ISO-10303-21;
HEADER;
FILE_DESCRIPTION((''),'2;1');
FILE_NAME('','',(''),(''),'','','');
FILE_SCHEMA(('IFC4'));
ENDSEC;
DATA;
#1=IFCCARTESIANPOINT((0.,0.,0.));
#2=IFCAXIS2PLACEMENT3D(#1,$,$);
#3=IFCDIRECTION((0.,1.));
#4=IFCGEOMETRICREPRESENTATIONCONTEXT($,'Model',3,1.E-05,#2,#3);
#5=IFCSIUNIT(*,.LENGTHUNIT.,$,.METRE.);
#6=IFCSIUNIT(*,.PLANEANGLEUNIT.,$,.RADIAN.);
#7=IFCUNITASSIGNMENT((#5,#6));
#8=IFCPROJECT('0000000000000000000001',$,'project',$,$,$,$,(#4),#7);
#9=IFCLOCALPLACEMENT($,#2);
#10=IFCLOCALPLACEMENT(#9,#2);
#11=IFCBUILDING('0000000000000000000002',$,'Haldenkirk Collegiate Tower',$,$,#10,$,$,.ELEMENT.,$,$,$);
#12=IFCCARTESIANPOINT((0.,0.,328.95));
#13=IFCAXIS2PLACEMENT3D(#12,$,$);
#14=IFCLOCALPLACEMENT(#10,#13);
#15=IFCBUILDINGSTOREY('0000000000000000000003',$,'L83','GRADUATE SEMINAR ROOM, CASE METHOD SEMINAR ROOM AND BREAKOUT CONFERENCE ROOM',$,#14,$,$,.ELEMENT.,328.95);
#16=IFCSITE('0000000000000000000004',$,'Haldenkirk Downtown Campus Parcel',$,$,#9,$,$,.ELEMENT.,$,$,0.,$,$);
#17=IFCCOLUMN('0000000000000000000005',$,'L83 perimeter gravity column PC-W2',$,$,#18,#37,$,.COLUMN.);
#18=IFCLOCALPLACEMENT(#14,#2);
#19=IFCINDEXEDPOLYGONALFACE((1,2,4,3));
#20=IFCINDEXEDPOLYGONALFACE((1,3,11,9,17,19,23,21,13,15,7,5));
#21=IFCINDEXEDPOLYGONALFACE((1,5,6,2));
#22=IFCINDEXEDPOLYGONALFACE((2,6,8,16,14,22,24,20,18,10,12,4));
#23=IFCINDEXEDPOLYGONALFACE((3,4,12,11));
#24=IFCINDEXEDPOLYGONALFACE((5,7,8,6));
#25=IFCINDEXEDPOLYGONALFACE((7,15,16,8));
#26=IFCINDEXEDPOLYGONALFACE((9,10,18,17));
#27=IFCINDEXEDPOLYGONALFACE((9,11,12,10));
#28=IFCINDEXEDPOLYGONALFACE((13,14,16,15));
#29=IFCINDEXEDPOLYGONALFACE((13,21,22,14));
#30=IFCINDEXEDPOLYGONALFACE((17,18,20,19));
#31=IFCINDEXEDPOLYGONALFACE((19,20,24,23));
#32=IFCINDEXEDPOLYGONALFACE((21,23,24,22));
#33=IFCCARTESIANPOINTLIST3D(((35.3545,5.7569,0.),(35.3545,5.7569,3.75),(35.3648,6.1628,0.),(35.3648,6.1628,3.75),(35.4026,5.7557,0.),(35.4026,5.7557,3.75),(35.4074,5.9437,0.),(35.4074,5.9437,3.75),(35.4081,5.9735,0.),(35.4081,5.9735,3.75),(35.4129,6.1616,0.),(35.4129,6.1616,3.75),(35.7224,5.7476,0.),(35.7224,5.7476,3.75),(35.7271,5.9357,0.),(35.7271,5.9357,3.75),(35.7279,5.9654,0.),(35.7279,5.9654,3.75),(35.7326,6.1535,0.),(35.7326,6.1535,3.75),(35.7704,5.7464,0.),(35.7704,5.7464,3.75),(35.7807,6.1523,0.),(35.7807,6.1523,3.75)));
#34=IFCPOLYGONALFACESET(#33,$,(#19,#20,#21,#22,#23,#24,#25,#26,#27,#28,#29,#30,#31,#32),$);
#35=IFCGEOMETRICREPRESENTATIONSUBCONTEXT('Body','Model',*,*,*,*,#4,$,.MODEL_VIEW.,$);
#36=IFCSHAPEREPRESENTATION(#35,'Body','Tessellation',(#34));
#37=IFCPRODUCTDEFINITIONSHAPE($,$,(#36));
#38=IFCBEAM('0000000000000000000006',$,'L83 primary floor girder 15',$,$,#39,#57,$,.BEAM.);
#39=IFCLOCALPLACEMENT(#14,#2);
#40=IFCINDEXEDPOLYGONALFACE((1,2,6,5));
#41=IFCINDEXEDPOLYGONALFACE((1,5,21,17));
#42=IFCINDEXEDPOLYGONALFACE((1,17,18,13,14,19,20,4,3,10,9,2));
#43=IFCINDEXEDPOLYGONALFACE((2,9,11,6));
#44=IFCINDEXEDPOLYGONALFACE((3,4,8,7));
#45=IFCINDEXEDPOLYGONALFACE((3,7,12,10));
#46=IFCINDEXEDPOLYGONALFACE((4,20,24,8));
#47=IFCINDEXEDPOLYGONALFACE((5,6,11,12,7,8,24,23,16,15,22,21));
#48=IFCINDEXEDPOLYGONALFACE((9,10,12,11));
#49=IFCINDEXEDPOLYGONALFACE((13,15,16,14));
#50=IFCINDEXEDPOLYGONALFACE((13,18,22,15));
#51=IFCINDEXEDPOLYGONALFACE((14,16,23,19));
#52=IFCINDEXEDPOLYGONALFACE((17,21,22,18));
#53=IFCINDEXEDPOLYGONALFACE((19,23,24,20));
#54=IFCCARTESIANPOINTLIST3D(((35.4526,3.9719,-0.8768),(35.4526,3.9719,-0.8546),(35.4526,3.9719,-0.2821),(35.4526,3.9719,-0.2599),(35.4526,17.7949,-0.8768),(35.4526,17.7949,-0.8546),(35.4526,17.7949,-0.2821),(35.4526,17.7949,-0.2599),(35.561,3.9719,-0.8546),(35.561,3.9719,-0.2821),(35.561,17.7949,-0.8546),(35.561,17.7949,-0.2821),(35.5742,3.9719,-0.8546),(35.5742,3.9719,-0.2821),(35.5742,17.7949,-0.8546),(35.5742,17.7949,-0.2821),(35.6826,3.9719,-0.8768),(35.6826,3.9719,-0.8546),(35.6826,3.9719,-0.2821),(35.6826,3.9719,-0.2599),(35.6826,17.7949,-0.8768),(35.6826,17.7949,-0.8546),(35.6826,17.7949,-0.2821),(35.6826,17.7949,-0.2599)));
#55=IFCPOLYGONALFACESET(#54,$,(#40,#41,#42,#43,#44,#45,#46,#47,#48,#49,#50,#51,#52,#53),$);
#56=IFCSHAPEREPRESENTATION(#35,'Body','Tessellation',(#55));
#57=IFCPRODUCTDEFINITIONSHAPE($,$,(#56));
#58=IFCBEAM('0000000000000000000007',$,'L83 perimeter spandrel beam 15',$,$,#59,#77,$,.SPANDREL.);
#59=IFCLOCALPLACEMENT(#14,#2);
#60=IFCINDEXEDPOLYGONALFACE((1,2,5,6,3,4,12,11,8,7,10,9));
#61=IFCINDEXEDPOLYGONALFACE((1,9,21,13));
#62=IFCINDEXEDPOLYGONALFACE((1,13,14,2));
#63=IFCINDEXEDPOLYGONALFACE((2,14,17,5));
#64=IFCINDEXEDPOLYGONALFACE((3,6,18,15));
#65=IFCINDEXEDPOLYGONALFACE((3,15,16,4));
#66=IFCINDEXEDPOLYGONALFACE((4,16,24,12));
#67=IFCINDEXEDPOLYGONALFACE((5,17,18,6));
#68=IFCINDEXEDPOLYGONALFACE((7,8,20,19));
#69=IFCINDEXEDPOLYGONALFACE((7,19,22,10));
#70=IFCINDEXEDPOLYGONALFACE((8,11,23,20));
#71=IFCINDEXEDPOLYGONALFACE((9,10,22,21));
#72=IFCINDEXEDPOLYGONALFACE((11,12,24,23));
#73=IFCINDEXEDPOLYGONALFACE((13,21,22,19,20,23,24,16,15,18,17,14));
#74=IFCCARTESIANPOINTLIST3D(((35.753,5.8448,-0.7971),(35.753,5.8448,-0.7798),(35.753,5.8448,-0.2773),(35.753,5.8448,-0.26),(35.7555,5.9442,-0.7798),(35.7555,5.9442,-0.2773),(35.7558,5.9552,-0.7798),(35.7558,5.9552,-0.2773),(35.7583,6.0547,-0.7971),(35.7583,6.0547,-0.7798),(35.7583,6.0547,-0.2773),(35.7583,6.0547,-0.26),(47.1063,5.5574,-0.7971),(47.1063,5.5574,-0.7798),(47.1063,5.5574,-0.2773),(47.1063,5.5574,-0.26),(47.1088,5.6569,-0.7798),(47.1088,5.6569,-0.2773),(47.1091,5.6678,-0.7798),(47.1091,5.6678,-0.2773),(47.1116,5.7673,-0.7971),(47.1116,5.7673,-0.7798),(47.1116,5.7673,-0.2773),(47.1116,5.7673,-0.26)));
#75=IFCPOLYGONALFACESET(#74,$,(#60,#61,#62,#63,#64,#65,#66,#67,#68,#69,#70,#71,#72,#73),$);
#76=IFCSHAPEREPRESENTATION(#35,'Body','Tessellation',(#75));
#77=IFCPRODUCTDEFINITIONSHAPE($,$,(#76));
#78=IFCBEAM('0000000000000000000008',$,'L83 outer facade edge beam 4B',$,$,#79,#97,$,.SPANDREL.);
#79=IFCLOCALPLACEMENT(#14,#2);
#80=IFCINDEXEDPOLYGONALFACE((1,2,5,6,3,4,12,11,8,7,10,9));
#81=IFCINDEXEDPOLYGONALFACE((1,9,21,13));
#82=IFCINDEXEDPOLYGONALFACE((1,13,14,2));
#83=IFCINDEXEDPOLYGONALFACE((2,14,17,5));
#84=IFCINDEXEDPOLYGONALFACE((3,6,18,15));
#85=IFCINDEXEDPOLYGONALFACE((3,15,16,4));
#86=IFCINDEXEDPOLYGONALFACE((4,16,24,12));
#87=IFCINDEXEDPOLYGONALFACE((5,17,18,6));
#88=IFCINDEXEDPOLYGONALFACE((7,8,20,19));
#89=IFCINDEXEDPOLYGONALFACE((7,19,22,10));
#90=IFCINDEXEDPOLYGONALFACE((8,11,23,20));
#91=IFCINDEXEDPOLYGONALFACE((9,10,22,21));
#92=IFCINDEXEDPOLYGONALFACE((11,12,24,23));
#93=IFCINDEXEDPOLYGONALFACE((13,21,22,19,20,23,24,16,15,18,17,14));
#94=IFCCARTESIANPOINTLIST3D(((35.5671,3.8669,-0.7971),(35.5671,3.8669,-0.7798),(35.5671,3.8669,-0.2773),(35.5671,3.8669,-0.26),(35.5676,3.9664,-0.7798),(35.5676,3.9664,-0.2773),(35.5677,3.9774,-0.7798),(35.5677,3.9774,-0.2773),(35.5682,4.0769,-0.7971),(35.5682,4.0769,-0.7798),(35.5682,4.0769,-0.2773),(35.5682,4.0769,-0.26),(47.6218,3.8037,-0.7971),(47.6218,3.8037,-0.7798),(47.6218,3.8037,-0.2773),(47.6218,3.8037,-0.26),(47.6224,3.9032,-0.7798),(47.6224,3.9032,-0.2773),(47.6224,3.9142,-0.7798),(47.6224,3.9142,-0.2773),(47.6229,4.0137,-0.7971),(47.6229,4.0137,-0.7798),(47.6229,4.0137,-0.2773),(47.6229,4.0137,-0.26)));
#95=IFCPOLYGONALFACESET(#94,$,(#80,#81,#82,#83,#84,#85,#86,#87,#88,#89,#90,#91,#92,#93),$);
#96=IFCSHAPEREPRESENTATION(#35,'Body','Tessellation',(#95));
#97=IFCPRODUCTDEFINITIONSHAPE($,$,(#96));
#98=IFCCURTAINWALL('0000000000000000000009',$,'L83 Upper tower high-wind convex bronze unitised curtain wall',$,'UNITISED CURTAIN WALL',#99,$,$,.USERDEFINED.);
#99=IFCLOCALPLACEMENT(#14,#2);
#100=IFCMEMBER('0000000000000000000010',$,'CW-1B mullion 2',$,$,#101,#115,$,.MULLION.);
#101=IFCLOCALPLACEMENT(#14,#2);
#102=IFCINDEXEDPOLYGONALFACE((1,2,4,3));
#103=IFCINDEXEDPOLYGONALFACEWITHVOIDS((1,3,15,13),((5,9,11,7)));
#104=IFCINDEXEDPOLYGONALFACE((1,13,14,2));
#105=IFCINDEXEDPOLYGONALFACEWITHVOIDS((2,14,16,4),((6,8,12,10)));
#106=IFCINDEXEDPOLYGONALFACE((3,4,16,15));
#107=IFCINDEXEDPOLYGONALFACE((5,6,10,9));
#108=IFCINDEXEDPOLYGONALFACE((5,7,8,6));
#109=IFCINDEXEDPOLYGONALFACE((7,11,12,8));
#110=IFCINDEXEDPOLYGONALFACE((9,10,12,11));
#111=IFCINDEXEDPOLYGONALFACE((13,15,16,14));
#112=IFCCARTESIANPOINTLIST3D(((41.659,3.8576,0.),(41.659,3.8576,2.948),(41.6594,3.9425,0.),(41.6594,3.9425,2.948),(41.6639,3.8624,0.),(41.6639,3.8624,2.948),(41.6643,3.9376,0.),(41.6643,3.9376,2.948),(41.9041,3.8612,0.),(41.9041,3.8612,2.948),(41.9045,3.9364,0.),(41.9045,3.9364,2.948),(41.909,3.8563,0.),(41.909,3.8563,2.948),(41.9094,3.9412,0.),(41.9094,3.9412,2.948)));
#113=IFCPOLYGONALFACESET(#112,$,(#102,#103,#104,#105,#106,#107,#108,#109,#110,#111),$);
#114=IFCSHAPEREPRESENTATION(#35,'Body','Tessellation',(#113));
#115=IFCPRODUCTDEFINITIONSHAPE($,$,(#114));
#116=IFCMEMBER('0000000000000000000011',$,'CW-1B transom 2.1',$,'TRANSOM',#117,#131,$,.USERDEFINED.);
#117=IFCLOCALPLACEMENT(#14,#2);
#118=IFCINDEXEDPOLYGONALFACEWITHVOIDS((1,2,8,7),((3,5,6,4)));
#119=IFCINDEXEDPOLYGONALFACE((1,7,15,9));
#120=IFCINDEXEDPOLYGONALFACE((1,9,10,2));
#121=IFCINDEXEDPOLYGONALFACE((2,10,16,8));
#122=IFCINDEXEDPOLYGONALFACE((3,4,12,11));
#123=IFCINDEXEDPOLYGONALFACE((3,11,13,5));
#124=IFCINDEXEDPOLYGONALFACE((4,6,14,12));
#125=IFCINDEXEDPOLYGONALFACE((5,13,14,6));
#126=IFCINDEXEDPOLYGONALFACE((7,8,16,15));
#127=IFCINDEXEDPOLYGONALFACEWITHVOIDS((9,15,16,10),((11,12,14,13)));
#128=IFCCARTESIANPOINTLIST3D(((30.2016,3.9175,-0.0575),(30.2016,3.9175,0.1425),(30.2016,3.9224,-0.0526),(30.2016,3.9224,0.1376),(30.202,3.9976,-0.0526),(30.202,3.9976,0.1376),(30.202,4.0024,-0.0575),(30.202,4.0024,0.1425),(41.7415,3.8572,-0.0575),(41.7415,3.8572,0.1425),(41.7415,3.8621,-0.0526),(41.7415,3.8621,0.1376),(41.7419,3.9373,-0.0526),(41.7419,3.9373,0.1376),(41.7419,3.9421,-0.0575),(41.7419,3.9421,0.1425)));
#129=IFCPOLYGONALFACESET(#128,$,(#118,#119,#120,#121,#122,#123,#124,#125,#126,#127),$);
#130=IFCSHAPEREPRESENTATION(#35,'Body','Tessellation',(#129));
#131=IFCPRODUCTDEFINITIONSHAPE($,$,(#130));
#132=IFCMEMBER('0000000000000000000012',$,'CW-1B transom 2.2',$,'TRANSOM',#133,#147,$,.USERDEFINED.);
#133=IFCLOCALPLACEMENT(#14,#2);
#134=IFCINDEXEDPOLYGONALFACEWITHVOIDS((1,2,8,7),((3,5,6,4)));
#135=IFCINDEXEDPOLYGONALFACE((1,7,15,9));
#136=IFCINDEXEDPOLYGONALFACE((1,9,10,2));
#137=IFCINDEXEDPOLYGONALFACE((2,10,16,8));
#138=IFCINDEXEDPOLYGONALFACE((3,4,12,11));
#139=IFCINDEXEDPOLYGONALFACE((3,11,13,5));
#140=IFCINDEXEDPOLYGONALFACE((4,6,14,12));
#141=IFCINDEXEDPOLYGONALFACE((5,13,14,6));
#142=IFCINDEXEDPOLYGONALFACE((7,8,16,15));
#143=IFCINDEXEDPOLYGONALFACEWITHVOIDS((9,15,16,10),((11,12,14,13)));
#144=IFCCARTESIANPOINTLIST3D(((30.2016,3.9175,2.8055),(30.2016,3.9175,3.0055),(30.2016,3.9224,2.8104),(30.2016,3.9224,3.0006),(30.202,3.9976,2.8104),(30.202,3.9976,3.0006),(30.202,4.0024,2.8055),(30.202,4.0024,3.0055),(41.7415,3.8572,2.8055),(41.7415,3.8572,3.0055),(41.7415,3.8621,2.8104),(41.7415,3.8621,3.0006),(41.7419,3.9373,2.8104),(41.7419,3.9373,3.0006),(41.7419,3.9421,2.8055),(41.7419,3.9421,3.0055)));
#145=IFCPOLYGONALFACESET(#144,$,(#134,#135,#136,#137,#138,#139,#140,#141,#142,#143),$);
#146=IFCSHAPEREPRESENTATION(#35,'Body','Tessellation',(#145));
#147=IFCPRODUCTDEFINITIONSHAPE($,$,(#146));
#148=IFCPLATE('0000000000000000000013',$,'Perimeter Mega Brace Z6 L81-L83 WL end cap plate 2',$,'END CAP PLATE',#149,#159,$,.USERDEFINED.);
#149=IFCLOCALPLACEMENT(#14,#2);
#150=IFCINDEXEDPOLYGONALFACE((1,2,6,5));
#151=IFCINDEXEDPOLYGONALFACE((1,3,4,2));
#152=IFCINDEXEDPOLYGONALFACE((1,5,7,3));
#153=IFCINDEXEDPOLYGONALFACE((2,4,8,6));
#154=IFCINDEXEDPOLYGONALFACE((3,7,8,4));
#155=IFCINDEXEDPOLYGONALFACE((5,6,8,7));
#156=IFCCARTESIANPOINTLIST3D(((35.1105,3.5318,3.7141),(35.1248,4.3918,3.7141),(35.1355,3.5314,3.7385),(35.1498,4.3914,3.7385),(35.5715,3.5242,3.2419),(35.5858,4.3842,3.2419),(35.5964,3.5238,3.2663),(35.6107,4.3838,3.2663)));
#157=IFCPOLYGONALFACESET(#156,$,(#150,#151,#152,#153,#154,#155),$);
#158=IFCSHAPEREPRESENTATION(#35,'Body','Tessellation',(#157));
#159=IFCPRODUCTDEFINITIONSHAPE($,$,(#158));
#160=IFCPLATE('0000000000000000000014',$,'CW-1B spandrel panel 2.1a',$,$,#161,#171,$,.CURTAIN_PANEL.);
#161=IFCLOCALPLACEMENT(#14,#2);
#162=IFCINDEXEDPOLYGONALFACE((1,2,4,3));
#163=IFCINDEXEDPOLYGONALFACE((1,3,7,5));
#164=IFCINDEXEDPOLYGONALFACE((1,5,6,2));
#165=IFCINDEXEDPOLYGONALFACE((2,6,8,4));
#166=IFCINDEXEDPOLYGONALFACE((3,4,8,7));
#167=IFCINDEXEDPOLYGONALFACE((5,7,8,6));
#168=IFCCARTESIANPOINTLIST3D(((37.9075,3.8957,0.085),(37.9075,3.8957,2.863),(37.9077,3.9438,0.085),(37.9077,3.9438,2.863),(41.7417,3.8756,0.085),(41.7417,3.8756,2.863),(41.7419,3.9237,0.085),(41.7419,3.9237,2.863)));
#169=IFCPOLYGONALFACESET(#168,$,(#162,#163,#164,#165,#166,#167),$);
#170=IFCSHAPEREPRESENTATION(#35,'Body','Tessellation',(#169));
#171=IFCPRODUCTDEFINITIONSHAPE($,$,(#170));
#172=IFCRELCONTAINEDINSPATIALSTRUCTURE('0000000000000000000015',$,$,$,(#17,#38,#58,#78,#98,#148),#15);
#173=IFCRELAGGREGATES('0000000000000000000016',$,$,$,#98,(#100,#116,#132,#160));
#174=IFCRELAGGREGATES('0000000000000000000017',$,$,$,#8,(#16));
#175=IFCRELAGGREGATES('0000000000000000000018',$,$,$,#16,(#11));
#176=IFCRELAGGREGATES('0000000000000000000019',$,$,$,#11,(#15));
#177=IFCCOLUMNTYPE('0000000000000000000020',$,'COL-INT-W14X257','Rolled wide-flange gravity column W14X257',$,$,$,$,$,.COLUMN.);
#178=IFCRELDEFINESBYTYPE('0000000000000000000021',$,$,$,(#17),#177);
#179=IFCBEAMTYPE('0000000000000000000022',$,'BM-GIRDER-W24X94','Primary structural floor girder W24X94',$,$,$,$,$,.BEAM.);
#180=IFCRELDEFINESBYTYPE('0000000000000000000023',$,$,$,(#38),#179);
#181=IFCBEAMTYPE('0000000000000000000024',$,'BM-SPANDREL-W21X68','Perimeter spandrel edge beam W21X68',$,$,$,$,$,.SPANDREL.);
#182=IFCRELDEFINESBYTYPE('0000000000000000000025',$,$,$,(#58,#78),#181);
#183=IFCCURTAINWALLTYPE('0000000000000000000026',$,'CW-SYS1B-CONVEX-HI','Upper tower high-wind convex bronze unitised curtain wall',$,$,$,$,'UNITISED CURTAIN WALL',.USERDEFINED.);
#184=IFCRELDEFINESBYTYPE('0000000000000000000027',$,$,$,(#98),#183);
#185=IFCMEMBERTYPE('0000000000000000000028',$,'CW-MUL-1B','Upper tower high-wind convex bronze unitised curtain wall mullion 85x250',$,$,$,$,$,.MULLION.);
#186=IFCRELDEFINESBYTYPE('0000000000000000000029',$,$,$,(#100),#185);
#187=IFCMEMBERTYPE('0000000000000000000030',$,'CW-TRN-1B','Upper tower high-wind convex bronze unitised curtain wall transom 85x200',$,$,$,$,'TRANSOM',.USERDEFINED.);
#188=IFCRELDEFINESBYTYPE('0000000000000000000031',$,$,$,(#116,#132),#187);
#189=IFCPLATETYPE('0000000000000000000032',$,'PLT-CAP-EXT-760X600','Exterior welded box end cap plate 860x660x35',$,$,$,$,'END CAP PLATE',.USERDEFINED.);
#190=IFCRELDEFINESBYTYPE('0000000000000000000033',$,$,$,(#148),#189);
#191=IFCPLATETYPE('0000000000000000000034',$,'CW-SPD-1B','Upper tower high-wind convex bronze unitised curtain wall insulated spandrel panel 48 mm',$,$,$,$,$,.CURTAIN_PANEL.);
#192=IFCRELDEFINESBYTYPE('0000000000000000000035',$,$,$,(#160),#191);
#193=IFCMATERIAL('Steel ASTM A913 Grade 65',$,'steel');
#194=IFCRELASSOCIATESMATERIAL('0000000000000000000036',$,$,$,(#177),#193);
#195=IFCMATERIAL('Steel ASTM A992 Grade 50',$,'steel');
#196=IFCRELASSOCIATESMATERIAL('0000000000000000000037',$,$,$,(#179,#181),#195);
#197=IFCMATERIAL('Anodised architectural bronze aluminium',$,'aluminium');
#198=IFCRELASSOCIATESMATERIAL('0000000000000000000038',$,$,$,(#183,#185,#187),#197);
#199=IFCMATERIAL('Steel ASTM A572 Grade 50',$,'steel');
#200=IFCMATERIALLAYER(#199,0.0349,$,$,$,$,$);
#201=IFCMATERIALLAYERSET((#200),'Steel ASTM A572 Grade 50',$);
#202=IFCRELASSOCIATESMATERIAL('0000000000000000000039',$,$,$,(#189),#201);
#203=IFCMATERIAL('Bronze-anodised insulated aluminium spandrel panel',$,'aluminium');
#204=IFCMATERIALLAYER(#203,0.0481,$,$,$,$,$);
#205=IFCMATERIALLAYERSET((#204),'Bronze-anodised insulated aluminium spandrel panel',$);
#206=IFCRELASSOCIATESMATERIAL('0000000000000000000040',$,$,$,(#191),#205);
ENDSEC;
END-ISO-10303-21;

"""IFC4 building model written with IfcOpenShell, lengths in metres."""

from ifc_helpers import new_model, si_unit, direction, frame, origin, origin_2d, place, context, subcontext, project, spatial, rectangle, hollow_rectangle, i_section, extrude, source, transform, mapped, material, layer, layer_set, material_profile, profile_set, type_object, element, aggregate, save


model = new_model("IFC4")

# Units and contexts
model_context = context("Model", 3, precision=1e-05, world=origin(), true_north=direction((0.0, 1.0)))
body_context = subcontext(model_context, "Body", "Model", "MODEL_VIEW")
ifc_project = project(units=[si_unit("LENGTHUNIT", "METRE"), si_unit("PLANEANGLEUNIT", "RADIAN")], contexts=[model_context])

# Site, building, storey
site_placement = place(None, origin())
site = spatial("IfcSite", under=ifc_project, at=site_placement, Name="Haldenkirk Downtown Campus Parcel", CompositionType="ELEMENT", RefElevation=0.0)
building_placement = place(site_placement, origin())
building = spatial("IfcBuilding", under=site, at=building_placement, Name="Haldenkirk Collegiate Tower", CompositionType="ELEMENT")
storey_placement = place(building_placement, frame((0.0, 0.0, 328.95)))
storey = spatial("IfcBuildingStorey", under=building, at=storey_placement, Name="L83", Description="GRADUATE SEMINAR ROOM, CASE METHOD SEMINAR ROOM AND BREAKOUT CONFERENCE ROOM", CompositionType="ELEMENT", Elevation=328.95)

# Column
ifc_material_1 = material(Name="Steel ASTM A913 Grade 65", Category="steel")
ifc_material_profile_1 = material_profile(ifc_material_1, i_section(OverallWidth=0.406, OverallDepth=0.416, WebThickness=0.0298, FlangeThickness=0.0481, at=origin_2d()), Name="W14X257")
ifc_profile_set_1 = profile_set([ifc_material_profile_1], Name="Steel ASTM A913 Grade 65")
column_type = type_object("IfcColumnType", Name="COL-INT-W14X257", Description="Rolled wide-flange gravity column W14X257", PredefinedType="COLUMN", material=ifc_profile_set_1)
column_placement = place(storey_placement, frame((35.5676, 5.9546, 0.0), z_axis=(0.0, 0.0, 1.0), x_axis=(0.025305, 0.99968, 0.0)))
element("IfcColumn", 1, at=column_placement, inside=storey, type_object=column_type, Name="L83 perimeter gravity column PC-W2", PredefinedType="COLUMN", context=body_context, shape_type="SweptSolid", body=[
    extrude(i_section(OverallWidth=0.406, OverallDepth=0.416, WebThickness=0.0298, FlangeThickness=0.0481, at=origin_2d()), origin(), (0.0, 0.0, 1.0), 3.75),
])

# Beams
ifc_material_2 = material(Name="Steel ASTM A992 Grade 50", Category="steel")
ifc_material_profile_2 = material_profile(ifc_material_2, i_section(OverallWidth=0.23, OverallDepth=0.6169, WebThickness=0.0132, FlangeThickness=0.0222, at=origin_2d()), Name="W24X94")
ifc_profile_set_2 = profile_set([ifc_material_profile_2], Name="Steel ASTM A992 Grade 50")
beam_type_1 = type_object("IfcBeamType", Name="BM-GIRDER-W24X94", Description="Primary structural floor girder W24X94", PredefinedType="BEAM", material=ifc_profile_set_2)
beam_1_placement = place(storey_placement, frame((35.5676, 3.9719, -0.5684), z_axis=(0.0, 1.0, 0.0), x_axis=(-1.0, 0.0, 0.0)))
element("IfcBeam", 2, at=beam_1_placement, inside=storey, type_object=beam_type_1, Name="L83 primary floor girder 15", PredefinedType="BEAM", context=body_context, shape_type="SweptSolid", body=[
    extrude(i_section(OverallWidth=0.23, OverallDepth=0.6169, WebThickness=0.0132, FlangeThickness=0.0222, at=origin_2d()), origin(), (0.0, 0.0, 1.0), 13.823),
])
ifc_material_profile_3 = material_profile(ifc_material_2, i_section(OverallWidth=0.21, OverallDepth=0.5371, WebThickness=0.011, FlangeThickness=0.0173, at=origin_2d()), Name="W21X68")
ifc_profile_set_3 = profile_set([ifc_material_profile_3], Name="Steel ASTM A992 Grade 50")
beam_type_2 = type_object("IfcBeamType", Name="BM-SPANDREL-W21X68", Description="Perimeter spandrel edge beam W21X68", PredefinedType="SPANDREL", material=ifc_profile_set_3)
beam_2_placement = place(storey_placement, frame((35.7556, 5.9497, -0.5286), z_axis=(0.99968, -0.025302, 0.0), x_axis=(0.025302, 0.99968, 0.0)))
element("IfcBeam", 3, at=beam_2_placement, inside=storey, type_object=beam_type_2, Name="L83 perimeter spandrel beam 15", PredefinedType="SPANDREL", context=body_context, shape_type="SweptSolid", body=[
    extrude(i_section(OverallWidth=0.21, OverallDepth=0.5371, WebThickness=0.011, FlangeThickness=0.0173, at=origin_2d()), origin(), (0.0, 0.0, 1.0), 11.3569),
])
beam_3_placement = place(storey_placement, frame((35.5676, 3.9719, -0.5286), z_axis=(0.999986, -0.005245, 0.0), x_axis=(0.005245, 0.999986, 0.0)))
element("IfcBeam", 4, at=beam_3_placement, inside=storey, type_object=beam_type_2, Name="L83 outer facade edge beam 4B", PredefinedType="SPANDREL", context=body_context, shape_type="SweptSolid", body=[
    extrude(i_section(OverallWidth=0.21, OverallDepth=0.5371, WebThickness=0.011, FlangeThickness=0.0173, at=origin_2d()), origin(), (0.0, 0.0, 1.0), 12.0549),
])

# Curtain wall, members
ifc_material_3 = material(Name="Anodised architectural bronze aluminium", Category="aluminium")
curtain_wall_type = type_object("IfcCurtainWallType", Name="CW-SYS1B-CONVEX-HI", Description="Upper tower high-wind convex bronze unitised curtain wall", ElementType="UNITISED CURTAIN WALL", PredefinedType="USERDEFINED", material=ifc_material_3)
curtain_wall_placement = place(storey_placement, origin())
curtain_wall = element("IfcCurtainWall", 5, at=curtain_wall_placement, inside=storey, type_object=curtain_wall_type, Name="L83 Upper tower high-wind convex bronze unitised curtain wall", ObjectType="UNITISED CURTAIN WALL", PredefinedType="USERDEFINED")
ifc_material_profile_4 = material_profile(ifc_material_3, hollow_rectangle(XDim=0.085, YDim=0.25, WallThickness=0.0049, at=origin_2d()), Name="CW-MUL-1B")
ifc_profile_set_4 = profile_set([ifc_material_profile_4], Name="Anodised architectural bronze aluminium")
member_type_1 = type_object("IfcMemberType", Name="CW-MUL-1B", Description="Upper tower high-wind convex bronze unitised curtain wall mullion 85x250", PredefinedType="MULLION", material=ifc_profile_set_4)
member_1_placement = place(storey_placement, frame((41.7842, 3.8994, 0.0), z_axis=(0.0, 0.0, 1.0), x_axis=(-0.005239, -0.999986, 0.0)))
member_1 = element("IfcMember", 6, at=member_1_placement, type_object=member_type_1, Name="CW-1B mullion 2", PredefinedType="MULLION", context=body_context, shape_type="SweptSolid", body=[
    extrude(hollow_rectangle(XDim=0.085, YDim=0.25, WallThickness=0.0049, at=origin_2d()), origin(), (0.0, 0.0, 1.0), 2.948),
])
ifc_material_profile_5 = material_profile(ifc_material_3, hollow_rectangle(XDim=0.085, YDim=0.2, WallThickness=0.0049, at=origin_2d()), Name="CW-TRN-1B")
ifc_profile_set_5 = profile_set([ifc_material_profile_5], Name="Anodised architectural bronze aluminium")
member_type_2 = type_object("IfcMemberType", Name="CW-TRN-1B", Description="Upper tower high-wind convex bronze unitised curtain wall transom 85x200", ElementType="TRANSOM", PredefinedType="USERDEFINED", material=ifc_profile_set_5)
member_2_placement = place(storey_placement, frame((41.7417, 3.8997, 0.0425), z_axis=(-0.999986, 0.005226, 0.0), x_axis=(-0.005226, -0.999986, 0.0)))
member_2 = element("IfcMember", 7, at=member_2_placement, type_object=member_type_2, Name="CW-1B transom 2.1", ObjectType="TRANSOM", PredefinedType="USERDEFINED", context=body_context, shape_type="SweptSolid", body=[
    extrude(hollow_rectangle(XDim=0.085, YDim=0.2, WallThickness=0.0049, at=origin_2d()), origin(), (0.0, 0.0, 1.0), 11.54),
])
member_3_placement = place(storey_placement, frame((41.7417, 3.8997, 2.9055), z_axis=(-0.999986, 0.005226, 0.0), x_axis=(-0.005226, -0.999986, 0.0)))
member_3 = element("IfcMember", 8, at=member_3_placement, type_object=member_type_2, Name="CW-1B transom 2.2", ObjectType="TRANSOM", PredefinedType="USERDEFINED", context=body_context, shape_type="SweptSolid", body=[
    extrude(hollow_rectangle(XDim=0.085, YDim=0.2, WallThickness=0.0049, at=origin_2d()), origin(), (0.0, 0.0, 1.0), 11.54),
])

# Plates
ifc_material_4 = material(Name="Steel ASTM A572 Grade 50", Category="steel")
ifc_layer_1 = layer(ifc_material_4, 0.0349)
ifc_layer_set_1 = layer_set([ifc_layer_1], Name="Steel ASTM A572 Grade 50")
plate_type_1 = type_object("IfcPlateType", Name="PLT-CAP-EXT-760X600", Description="Exterior welded box end cap plate 860x660x35", ElementType="END CAP PLATE", PredefinedType="USERDEFINED", material=ifc_layer_set_1)
shared_shape_1 = source(origin(), body_context, "Body", "SweptSolid", [
    extrude(rectangle(XDim=0.8601, YDim=0.6599, at=origin_2d()), origin(), (0.0, 0.0, 1.0), 0.0349),
])
plate_1_placement = place(storey_placement, frame((35.3481, 3.958, 3.478), z_axis=(0.715409, -0.011898, 0.698605), x_axis=(0.016629, 0.999862, 0.0)))
element("IfcPlate", 9, at=plate_1_placement, inside=storey, type_object=plate_type_1, Name="Perimeter Mega Brace Z6 L81-L83 WL end cap plate 2", ObjectType="END CAP PLATE", PredefinedType="USERDEFINED", context=body_context, shape_type="MappedRepresentation", body=[
    mapped(shared_shape_1, transform((0.0, 0.0, 0.0), x_axis=(1.0, 0.0, 0.0), y_axis=(0.0, 1.0, 0.0), z_axis=(0.0, 0.0, 1.0), scale=1.0)),
])
ifc_material_5 = material(Name="Bronze-anodised insulated aluminium spandrel panel", Category="aluminium")
ifc_layer_2 = layer(ifc_material_5, 0.0481)
ifc_layer_set_2 = layer_set([ifc_layer_2], Name="Bronze-anodised insulated aluminium spandrel panel")
plate_type_2 = type_object("IfcPlateType", Name="CW-SPD-1B", Description="Upper tower high-wind convex bronze unitised curtain wall insulated spandrel panel 48 mm", PredefinedType="CURTAIN_PANEL", material=ifc_layer_set_2)
shared_shape_2 = source(origin(), body_context, "Body", "SweptSolid", [
    extrude(rectangle(XDim=3.8342, YDim=0.0481, at=origin_2d()), origin(), (0.0, 0.0, 1.0), 2.7781),
])
plate_2_placement = place(storey_placement, frame((39.8247, 3.9097, 0.085), z_axis=(0.0, 0.0, 1.0), x_axis=(-0.999986, 0.005239, 0.0)))
plate_2 = element("IfcPlate", 10, at=plate_2_placement, type_object=plate_type_2, Name="CW-1B spandrel panel 2.1a", PredefinedType="CURTAIN_PANEL", context=body_context, shape_type="MappedRepresentation", body=[
    mapped(shared_shape_2, transform((0.0, 0.0, 0.0), x_axis=(1.0, 0.0, 0.0), y_axis=(0.0, 1.0, 0.0), z_axis=(0.0, 0.0, 1.0), scale=1.0)),
])
aggregate(curtain_wall, [member_1, member_2, member_3, plate_2])

save(model, "model.ifc")
